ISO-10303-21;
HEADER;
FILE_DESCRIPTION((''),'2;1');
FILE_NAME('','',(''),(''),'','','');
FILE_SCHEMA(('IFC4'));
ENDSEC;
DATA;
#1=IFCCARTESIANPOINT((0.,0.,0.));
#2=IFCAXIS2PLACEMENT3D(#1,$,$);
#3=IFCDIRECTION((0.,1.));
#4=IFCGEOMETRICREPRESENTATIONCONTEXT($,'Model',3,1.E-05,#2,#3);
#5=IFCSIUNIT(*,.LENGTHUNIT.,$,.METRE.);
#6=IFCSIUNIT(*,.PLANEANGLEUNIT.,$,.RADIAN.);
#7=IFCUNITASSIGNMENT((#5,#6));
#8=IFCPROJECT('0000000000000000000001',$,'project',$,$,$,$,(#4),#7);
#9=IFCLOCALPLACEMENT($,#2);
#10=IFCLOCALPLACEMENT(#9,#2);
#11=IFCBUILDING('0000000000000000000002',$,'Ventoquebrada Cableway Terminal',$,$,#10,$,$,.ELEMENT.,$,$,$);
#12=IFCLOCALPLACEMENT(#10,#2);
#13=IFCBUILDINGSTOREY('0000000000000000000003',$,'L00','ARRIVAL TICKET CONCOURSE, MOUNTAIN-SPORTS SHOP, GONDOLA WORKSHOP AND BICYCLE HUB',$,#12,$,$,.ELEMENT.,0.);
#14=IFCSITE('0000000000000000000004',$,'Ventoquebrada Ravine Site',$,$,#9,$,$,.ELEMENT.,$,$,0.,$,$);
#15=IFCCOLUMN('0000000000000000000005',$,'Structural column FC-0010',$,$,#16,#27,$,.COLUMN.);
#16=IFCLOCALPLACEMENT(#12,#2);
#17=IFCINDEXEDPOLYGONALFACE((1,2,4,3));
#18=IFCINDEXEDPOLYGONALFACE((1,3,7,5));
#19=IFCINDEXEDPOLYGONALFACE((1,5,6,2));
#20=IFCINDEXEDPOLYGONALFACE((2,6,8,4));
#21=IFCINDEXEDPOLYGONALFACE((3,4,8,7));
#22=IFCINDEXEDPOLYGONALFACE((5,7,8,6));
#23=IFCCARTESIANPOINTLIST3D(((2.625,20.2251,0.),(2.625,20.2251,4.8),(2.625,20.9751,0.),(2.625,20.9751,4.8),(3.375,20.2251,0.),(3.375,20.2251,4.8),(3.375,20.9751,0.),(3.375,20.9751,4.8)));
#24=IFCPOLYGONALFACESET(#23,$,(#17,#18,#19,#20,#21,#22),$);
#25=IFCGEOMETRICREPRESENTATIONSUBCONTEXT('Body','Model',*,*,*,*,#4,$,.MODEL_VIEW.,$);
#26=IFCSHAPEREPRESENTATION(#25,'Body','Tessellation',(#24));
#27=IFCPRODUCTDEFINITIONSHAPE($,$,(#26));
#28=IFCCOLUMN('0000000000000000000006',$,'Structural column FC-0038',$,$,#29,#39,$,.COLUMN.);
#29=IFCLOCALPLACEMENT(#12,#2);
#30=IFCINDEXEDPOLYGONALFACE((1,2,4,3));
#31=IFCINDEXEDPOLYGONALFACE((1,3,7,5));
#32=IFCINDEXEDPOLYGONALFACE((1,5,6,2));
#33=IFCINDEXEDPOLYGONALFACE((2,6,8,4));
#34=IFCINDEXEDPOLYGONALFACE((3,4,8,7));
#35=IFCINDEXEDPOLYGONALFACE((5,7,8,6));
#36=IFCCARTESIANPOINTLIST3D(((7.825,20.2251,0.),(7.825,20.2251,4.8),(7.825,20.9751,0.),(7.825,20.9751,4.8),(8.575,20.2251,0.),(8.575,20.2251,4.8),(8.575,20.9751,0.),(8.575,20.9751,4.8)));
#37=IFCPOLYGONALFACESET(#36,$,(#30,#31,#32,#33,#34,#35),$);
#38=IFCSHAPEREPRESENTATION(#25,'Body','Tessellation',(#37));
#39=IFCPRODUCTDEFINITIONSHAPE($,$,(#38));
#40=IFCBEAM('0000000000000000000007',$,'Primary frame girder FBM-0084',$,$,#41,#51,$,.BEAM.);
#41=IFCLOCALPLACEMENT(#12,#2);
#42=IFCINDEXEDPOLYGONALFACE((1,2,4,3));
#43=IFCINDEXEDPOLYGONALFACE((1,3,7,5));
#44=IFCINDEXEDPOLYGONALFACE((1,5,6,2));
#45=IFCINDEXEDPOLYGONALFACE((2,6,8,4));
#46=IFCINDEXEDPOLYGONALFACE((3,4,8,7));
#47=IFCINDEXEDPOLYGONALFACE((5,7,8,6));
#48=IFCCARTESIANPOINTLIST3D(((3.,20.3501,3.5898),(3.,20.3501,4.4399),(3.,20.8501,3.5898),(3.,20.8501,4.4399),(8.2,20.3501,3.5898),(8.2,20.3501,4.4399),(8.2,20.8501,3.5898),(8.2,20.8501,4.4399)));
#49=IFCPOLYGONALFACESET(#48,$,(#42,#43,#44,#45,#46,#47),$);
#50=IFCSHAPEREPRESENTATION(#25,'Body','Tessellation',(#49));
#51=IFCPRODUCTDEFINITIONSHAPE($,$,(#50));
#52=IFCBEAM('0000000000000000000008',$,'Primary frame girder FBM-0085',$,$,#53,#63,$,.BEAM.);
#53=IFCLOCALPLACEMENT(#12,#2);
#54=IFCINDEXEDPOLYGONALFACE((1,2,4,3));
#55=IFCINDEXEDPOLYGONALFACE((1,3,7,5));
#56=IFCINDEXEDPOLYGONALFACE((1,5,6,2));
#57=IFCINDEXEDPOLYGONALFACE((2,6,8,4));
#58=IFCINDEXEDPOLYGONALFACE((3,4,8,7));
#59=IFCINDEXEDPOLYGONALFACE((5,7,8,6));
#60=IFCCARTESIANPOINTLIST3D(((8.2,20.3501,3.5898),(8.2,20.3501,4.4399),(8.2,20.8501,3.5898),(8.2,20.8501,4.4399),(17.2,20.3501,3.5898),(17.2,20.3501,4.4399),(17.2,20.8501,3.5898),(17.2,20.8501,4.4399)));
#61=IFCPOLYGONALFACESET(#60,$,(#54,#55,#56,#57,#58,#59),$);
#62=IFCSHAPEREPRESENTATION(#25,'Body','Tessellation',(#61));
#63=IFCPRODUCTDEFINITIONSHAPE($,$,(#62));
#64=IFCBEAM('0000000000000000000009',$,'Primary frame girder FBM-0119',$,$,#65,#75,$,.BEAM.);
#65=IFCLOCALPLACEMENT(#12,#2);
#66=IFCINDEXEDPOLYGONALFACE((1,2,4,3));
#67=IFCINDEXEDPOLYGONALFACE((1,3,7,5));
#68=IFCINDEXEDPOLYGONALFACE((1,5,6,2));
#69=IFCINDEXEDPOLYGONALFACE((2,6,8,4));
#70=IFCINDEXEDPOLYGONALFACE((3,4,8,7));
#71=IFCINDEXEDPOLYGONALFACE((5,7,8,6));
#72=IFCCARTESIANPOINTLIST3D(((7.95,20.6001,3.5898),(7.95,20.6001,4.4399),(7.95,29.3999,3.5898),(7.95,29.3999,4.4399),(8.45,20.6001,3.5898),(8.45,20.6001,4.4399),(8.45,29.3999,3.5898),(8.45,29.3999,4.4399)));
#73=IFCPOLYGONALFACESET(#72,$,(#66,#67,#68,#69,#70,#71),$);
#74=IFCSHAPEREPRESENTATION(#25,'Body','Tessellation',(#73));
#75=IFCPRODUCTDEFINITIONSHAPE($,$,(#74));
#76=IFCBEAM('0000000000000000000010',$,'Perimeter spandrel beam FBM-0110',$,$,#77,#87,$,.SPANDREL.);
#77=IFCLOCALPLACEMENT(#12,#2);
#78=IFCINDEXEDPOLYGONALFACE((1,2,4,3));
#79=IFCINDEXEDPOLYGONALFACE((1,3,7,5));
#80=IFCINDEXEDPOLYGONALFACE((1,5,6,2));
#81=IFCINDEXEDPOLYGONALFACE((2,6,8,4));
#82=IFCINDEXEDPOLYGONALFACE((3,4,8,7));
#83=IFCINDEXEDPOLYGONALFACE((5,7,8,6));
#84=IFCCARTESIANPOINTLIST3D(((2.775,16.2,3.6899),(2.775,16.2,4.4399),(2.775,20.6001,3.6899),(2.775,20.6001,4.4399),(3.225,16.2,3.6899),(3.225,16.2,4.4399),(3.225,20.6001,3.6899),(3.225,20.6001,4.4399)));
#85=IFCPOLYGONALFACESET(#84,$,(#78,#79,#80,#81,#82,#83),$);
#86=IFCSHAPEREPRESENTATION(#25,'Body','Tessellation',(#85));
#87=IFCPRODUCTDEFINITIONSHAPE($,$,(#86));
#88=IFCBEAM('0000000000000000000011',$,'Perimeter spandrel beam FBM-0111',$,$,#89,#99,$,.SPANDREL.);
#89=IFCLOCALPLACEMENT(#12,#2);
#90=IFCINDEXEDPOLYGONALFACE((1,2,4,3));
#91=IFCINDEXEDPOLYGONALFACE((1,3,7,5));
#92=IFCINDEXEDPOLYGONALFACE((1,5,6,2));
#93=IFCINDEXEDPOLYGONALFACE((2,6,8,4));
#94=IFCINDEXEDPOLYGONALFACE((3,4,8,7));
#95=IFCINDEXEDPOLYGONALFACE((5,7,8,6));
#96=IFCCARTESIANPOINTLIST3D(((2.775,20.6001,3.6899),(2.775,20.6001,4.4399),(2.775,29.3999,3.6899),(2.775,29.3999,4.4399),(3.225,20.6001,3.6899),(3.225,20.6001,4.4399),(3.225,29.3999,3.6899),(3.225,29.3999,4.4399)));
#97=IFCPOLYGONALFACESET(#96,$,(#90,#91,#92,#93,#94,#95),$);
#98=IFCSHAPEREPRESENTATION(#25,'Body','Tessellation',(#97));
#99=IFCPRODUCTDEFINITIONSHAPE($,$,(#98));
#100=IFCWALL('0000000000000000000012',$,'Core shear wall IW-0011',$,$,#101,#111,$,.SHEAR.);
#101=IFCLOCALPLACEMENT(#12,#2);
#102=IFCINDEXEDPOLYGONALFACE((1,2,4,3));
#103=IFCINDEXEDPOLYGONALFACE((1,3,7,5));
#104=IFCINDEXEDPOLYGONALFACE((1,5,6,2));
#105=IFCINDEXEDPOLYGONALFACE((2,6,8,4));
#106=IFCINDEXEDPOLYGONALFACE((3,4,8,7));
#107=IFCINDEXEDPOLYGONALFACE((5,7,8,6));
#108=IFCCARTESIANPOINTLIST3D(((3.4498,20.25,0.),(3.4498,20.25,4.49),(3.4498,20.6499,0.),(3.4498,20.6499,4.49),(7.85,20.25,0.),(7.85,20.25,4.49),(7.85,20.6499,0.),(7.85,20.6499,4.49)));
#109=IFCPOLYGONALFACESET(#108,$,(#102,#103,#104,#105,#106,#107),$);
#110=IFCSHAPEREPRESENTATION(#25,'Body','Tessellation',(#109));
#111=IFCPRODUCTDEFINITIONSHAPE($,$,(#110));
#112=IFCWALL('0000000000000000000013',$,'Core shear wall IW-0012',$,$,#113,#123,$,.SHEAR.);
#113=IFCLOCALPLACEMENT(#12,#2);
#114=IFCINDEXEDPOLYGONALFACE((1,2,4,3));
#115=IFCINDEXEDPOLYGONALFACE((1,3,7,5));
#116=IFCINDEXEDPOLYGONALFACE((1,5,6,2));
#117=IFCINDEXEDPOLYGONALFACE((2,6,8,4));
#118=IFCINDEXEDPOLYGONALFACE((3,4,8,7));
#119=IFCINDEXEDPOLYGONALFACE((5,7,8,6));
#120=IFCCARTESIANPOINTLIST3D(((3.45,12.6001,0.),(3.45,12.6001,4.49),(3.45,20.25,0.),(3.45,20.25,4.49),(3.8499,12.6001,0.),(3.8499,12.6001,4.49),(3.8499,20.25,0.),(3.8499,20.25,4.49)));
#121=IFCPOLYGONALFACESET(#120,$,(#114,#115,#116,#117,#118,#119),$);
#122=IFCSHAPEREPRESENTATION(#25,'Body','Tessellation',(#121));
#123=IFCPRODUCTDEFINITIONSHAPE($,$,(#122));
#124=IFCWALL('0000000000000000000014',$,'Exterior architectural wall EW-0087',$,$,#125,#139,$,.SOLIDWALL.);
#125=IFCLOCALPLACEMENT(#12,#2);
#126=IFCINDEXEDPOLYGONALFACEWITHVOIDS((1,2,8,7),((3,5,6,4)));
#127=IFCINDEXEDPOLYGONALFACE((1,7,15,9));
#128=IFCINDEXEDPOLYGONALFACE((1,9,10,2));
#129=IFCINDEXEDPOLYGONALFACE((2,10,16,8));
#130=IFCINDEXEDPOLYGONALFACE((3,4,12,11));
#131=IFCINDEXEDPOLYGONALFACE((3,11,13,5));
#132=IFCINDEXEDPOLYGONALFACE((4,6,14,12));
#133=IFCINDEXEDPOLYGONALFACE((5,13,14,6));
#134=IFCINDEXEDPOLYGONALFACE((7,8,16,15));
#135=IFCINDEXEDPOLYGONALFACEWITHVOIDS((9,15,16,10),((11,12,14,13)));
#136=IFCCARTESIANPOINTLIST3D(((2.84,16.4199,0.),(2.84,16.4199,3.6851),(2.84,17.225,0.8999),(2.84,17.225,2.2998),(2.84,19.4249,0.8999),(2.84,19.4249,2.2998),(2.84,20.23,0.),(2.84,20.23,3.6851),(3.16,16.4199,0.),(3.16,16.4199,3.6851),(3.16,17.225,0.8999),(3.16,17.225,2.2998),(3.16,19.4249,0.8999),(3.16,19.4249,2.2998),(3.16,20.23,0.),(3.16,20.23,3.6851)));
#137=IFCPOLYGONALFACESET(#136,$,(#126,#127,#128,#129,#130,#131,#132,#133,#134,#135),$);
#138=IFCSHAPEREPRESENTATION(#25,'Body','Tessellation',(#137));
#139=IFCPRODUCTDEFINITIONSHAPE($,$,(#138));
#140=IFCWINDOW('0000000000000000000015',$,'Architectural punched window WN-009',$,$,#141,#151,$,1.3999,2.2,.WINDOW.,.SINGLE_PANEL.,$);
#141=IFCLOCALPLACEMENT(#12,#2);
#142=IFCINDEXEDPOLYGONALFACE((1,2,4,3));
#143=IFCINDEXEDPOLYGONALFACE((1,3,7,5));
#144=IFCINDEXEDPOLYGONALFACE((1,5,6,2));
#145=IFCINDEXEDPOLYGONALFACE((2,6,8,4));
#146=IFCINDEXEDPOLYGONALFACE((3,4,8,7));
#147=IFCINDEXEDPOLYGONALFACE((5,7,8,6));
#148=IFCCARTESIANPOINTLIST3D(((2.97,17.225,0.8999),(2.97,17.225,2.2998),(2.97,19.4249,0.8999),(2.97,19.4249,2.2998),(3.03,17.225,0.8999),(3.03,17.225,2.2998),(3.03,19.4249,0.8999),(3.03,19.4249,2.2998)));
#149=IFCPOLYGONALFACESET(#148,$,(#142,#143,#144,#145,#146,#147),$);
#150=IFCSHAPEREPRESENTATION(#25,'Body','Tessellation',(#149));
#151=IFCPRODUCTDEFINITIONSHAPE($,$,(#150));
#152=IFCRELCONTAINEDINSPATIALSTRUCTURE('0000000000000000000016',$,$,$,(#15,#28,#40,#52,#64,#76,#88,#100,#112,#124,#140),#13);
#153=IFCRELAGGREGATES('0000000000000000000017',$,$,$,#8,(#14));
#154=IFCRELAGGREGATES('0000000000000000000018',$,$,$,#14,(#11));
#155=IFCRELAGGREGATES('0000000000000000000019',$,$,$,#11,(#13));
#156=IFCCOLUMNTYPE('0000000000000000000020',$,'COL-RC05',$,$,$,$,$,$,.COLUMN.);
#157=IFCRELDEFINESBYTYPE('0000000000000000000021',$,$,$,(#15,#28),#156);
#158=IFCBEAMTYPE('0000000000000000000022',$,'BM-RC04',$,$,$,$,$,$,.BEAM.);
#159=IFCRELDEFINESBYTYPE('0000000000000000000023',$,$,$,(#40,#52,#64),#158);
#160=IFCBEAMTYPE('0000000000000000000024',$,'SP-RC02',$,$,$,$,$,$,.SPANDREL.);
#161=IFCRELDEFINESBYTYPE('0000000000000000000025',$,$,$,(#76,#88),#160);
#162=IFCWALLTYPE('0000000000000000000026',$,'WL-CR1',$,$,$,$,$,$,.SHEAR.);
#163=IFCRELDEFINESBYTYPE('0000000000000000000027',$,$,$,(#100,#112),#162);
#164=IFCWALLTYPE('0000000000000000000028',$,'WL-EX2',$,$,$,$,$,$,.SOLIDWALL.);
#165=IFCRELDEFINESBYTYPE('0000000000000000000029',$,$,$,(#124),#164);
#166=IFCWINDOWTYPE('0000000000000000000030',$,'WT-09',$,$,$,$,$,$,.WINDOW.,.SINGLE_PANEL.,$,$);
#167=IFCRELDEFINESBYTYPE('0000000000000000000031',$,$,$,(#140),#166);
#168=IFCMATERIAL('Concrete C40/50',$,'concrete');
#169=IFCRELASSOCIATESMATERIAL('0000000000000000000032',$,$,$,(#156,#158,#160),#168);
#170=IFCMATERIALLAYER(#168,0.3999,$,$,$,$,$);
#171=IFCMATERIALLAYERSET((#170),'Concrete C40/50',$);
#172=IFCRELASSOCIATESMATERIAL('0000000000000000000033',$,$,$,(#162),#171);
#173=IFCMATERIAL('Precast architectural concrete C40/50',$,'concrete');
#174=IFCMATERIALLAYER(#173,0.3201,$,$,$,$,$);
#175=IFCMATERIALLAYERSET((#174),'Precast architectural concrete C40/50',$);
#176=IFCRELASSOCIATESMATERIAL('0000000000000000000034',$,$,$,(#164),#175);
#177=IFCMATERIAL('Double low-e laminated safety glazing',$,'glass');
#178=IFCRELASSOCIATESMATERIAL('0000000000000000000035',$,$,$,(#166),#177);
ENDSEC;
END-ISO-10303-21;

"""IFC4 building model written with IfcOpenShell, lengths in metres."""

from ifc_helpers import new_model, si_unit, direction, frame, frame_2d, origin, origin_2d, place, context, subcontext, project, spatial, rectangle, extrude, material, layer, layer_set, material_profile, profile_set, type_object, element, fill, save


model = new_model("IFC4")

# Units and contexts
model_context = context("Model", 3, precision=1e-05, world=origin(), true_north=direction((0.0, 1.0)))
body_context = subcontext(model_context, "Body", "Model", "MODEL_VIEW")
ifc_project = project(units=[si_unit("LENGTHUNIT", "METRE"), si_unit("PLANEANGLEUNIT", "RADIAN")], contexts=[model_context])

# Site, building, storey
site_placement = place(None, origin())
site = spatial("IfcSite", under=ifc_project, at=site_placement, Name="Ventoquebrada Ravine Site", CompositionType="ELEMENT", RefElevation=0.0)
building_placement = place(site_placement, origin())
building = spatial("IfcBuilding", under=site, at=building_placement, Name="Ventoquebrada Cableway Terminal", CompositionType="ELEMENT")
storey_placement = place(building_placement, origin())
storey = spatial("IfcBuildingStorey", under=building, at=storey_placement, Name="L00", Description="ARRIVAL TICKET CONCOURSE, MOUNTAIN-SPORTS SHOP, GONDOLA WORKSHOP AND BICYCLE HUB", CompositionType="ELEMENT", Elevation=0.0)

# Columns
ifc_material_1 = material(Name="Concrete C40/50", Category="concrete")
ifc_material_profile_1 = material_profile(ifc_material_1, rectangle(XDim=0.75, YDim=0.75, at=origin_2d()), Name="RC-COL-750X750")
ifc_profile_set_1 = profile_set([ifc_material_profile_1], Name="Concrete C40/50")
column_type = type_object("IfcColumnType", Name="COL-RC05", PredefinedType="COLUMN", material=ifc_profile_set_1)
for number, where, z_axis, x_axis, name in (
    (1, (3.0, 20.6001, 0.0), (0.0, 0.0, 1.0), (1.0, 0.0, 0.0), "Structural column FC-0010"),
    (2, (8.2, 20.6001, 0.0), (0.0, 0.0, 1.0), (1.0, 0.0, 0.0), "Structural column FC-0038"),
):
    element("IfcColumn", number, at=place(storey_placement, frame(where, z_axis=z_axis, x_axis=x_axis)), inside=storey, type_object=column_type, Name=name, PredefinedType="COLUMN", context=body_context, shape_type="SweptSolid", body=[
        extrude(rectangle(XDim=0.75, YDim=0.75, at=origin_2d()), origin(), (0.0, 0.0, 1.0), 4.8),
    ])

# Beams
ifc_material_profile_2 = material_profile(ifc_material_1, rectangle(XDim=0.5, YDim=0.8501, at=origin_2d()), Name="RC-BM-500X850")
ifc_profile_set_2 = profile_set([ifc_material_profile_2], Name="Concrete C40/50")
beam_type_1 = type_object("IfcBeamType", Name="BM-RC04", PredefinedType="BEAM", material=ifc_profile_set_2)
beam_1_placement = place(storey_placement, frame((3.0, 20.6001, 4.0149), z_axis=(1.0, 0.0, 0.0), x_axis=(0.0, 1.0, 0.0)))
element("IfcBeam", 3, at=beam_1_placement, inside=storey, type_object=beam_type_1, Name="Primary frame girder FBM-0084", PredefinedType="BEAM", context=body_context, shape_type="SweptSolid", body=[
    extrude(rectangle(XDim=0.5, YDim=0.8501, at=origin_2d()), origin(), (0.0, 0.0, 1.0), 5.2),
])
beam_2_placement = place(storey_placement, frame((8.2, 20.6001, 4.0149), z_axis=(1.0, 0.0, 0.0), x_axis=(0.0, 1.0, 0.0)))
element("IfcBeam", 4, at=beam_2_placement, inside=storey, type_object=beam_type_1, Name="Primary frame girder FBM-0085", PredefinedType="BEAM", context=body_context, shape_type="SweptSolid", body=[
    extrude(rectangle(XDim=0.5, YDim=0.8501, at=origin_2d()), origin(), (0.0, 0.0, 1.0), 9.0),
])
beam_3_placement = place(storey_placement, frame((8.2, 20.6001, 4.0149), z_axis=(0.0, 1.0, 0.0), x_axis=(-1.0, 0.0, 0.0)))
element("IfcBeam", 5, at=beam_3_placement, inside=storey, type_object=beam_type_1, Name="Primary frame girder FBM-0119", PredefinedType="BEAM", context=body_context, shape_type="SweptSolid", body=[
    extrude(rectangle(XDim=0.5, YDim=0.8501, at=origin_2d()), origin(), (0.0, 0.0, 1.0), 8.7998),
])
ifc_material_profile_3 = material_profile(ifc_material_1, rectangle(XDim=0.45, YDim=0.75, at=origin_2d()), Name="RC-BM-450X750")
ifc_profile_set_3 = profile_set([ifc_material_profile_3], Name="Concrete C40/50")
beam_type_2 = type_object("IfcBeamType", Name="SP-RC02", PredefinedType="SPANDREL", material=ifc_profile_set_3)
beam_4_placement = place(storey_placement, frame((3.0, 16.2, 4.0649), z_axis=(0.0, 1.0, 0.0), x_axis=(-1.0, 0.0, 0.0)))
element("IfcBeam", 6, at=beam_4_placement, inside=storey, type_object=beam_type_2, Name="Perimeter spandrel beam FBM-0110", PredefinedType="SPANDREL", context=body_context, shape_type="SweptSolid", body=[
    extrude(rectangle(XDim=0.45, YDim=0.75, at=origin_2d()), origin(), (0.0, 0.0, 1.0), 4.4001),
])
beam_5_placement = place(storey_placement, frame((3.0, 20.6001, 4.0649), z_axis=(0.0, 1.0, 0.0), x_axis=(-1.0, 0.0, 0.0)))
element("IfcBeam", 7, at=beam_5_placement, inside=storey, type_object=beam_type_2, Name="Perimeter spandrel beam FBM-0111", PredefinedType="SPANDREL", context=body_context, shape_type="SweptSolid", body=[
    extrude(rectangle(XDim=0.45, YDim=0.75, at=origin_2d()), origin(), (0.0, 0.0, 1.0), 8.7998),
])

# Walls
ifc_layer_1 = layer(ifc_material_1, 0.3999)
ifc_layer_set_1 = layer_set([ifc_layer_1], Name="Concrete C40/50")
wall_type_1 = type_object("IfcWallType", Name="WL-CR1", PredefinedType="SHEAR", material=ifc_layer_set_1)
wall_1_placement = place(storey_placement, frame((7.8501, 20.45, 0.0), z_axis=(0.0, 0.0, 1.0), x_axis=(-1.0, 0.0, 0.0)))
element("IfcWall", 8, at=wall_1_placement, inside=storey, type_object=wall_type_1, Name="Core shear wall IW-0011", PredefinedType="SHEAR", context=body_context, shape_type="SweptSolid", body=[
    extrude(rectangle(XDim=4.4001, YDim=0.3999, at=frame_2d((2.2002, 0.0))), origin(), (0.0, 0.0, 1.0), 4.49),
])
wall_2_placement = place(storey_placement, frame((3.6499, 20.25, 0.0), z_axis=(0.0, 0.0, 1.0), x_axis=(0.0, -1.0, 0.0)))
element("IfcWall", 9, at=wall_2_placement, inside=storey, type_object=wall_type_1, Name="Core shear wall IW-0012", PredefinedType="SHEAR", context=body_context, shape_type="SweptSolid", body=[
    extrude(rectangle(XDim=7.6499, YDim=0.3999, at=frame_2d((3.825, 0.0))), origin(), (0.0, 0.0, 1.0), 4.49),
])

# Wall, opening, window
ifc_material_2 = material(Name="Precast architectural concrete C40/50", Category="concrete")
ifc_layer_2 = layer(ifc_material_2, 0.3201)
ifc_layer_set_2 = layer_set([ifc_layer_2], Name="Precast architectural concrete C40/50")
wall_type_2 = type_object("IfcWallType", Name="WL-EX2", PredefinedType="SOLIDWALL", material=ifc_layer_set_2)
wall_3_placement = place(storey_placement, frame((3.0, 20.23, 0.0), z_axis=(0.0, 0.0, 1.0), x_axis=(0.0, -1.0, 0.0)))
wall_3 = element("IfcWall", 10, at=wall_3_placement, inside=storey, type_object=wall_type_2, Name="Exterior architectural wall EW-0087", PredefinedType="SOLIDWALL", context=body_context, shape_type="SweptSolid", body=[
    extrude(rectangle(XDim=3.8101, YDim=0.3201, at=frame_2d((1.905, 0.0))), origin(), (0.0, 0.0, 1.0), 3.6851),
])
opening_1_placement = place(wall_3_placement, frame((0.8049, 0.0, 0.8999)))
opening_1 = element("IfcOpeningElement", 11, at=opening_1_placement, cuts=wall_3, PredefinedType="OPENING", context=body_context, shape_type="SweptSolid", body=[
    extrude(rectangle(XDim=2.2, YDim=1.3999, at=frame_2d((1.1001, 0.7))), frame((0.0, 0.1699, 0.0), z_axis=(0.0, -1.0, 0.0), x_axis=(1.0, 0.0, 0.0)), (0.0, 0.0, 1.0), 0.3401),
])
ifc_material_3 = material(Name="Double low-e laminated safety glazing", Category="glass")
window_type = type_object("IfcWindowType", Name="WT-09", PartitioningType="SINGLE_PANEL", PredefinedType="WINDOW", material=ifc_material_3)
window_placement = place(opening_1_placement, origin())
window = element("IfcWindow", 12, at=window_placement, inside=storey, type_object=window_type, Name="Architectural punched window WN-009", OverallHeight=1.3999, OverallWidth=2.2, PartitioningType="SINGLE_PANEL", PredefinedType="WINDOW", context=body_context, shape_type="SweptSolid", body=[
    extrude(rectangle(XDim=2.2, YDim=1.3999, at=frame_2d((1.1001, 0.7))), frame((0.0, 0.03, 0.0), z_axis=(0.0, -1.0, 0.0), x_axis=(1.0, 0.0, 0.0)), (0.0, 0.0, 1.0), 0.0601),
])
fill(opening_1, window)

save(model, "model.ifc")
